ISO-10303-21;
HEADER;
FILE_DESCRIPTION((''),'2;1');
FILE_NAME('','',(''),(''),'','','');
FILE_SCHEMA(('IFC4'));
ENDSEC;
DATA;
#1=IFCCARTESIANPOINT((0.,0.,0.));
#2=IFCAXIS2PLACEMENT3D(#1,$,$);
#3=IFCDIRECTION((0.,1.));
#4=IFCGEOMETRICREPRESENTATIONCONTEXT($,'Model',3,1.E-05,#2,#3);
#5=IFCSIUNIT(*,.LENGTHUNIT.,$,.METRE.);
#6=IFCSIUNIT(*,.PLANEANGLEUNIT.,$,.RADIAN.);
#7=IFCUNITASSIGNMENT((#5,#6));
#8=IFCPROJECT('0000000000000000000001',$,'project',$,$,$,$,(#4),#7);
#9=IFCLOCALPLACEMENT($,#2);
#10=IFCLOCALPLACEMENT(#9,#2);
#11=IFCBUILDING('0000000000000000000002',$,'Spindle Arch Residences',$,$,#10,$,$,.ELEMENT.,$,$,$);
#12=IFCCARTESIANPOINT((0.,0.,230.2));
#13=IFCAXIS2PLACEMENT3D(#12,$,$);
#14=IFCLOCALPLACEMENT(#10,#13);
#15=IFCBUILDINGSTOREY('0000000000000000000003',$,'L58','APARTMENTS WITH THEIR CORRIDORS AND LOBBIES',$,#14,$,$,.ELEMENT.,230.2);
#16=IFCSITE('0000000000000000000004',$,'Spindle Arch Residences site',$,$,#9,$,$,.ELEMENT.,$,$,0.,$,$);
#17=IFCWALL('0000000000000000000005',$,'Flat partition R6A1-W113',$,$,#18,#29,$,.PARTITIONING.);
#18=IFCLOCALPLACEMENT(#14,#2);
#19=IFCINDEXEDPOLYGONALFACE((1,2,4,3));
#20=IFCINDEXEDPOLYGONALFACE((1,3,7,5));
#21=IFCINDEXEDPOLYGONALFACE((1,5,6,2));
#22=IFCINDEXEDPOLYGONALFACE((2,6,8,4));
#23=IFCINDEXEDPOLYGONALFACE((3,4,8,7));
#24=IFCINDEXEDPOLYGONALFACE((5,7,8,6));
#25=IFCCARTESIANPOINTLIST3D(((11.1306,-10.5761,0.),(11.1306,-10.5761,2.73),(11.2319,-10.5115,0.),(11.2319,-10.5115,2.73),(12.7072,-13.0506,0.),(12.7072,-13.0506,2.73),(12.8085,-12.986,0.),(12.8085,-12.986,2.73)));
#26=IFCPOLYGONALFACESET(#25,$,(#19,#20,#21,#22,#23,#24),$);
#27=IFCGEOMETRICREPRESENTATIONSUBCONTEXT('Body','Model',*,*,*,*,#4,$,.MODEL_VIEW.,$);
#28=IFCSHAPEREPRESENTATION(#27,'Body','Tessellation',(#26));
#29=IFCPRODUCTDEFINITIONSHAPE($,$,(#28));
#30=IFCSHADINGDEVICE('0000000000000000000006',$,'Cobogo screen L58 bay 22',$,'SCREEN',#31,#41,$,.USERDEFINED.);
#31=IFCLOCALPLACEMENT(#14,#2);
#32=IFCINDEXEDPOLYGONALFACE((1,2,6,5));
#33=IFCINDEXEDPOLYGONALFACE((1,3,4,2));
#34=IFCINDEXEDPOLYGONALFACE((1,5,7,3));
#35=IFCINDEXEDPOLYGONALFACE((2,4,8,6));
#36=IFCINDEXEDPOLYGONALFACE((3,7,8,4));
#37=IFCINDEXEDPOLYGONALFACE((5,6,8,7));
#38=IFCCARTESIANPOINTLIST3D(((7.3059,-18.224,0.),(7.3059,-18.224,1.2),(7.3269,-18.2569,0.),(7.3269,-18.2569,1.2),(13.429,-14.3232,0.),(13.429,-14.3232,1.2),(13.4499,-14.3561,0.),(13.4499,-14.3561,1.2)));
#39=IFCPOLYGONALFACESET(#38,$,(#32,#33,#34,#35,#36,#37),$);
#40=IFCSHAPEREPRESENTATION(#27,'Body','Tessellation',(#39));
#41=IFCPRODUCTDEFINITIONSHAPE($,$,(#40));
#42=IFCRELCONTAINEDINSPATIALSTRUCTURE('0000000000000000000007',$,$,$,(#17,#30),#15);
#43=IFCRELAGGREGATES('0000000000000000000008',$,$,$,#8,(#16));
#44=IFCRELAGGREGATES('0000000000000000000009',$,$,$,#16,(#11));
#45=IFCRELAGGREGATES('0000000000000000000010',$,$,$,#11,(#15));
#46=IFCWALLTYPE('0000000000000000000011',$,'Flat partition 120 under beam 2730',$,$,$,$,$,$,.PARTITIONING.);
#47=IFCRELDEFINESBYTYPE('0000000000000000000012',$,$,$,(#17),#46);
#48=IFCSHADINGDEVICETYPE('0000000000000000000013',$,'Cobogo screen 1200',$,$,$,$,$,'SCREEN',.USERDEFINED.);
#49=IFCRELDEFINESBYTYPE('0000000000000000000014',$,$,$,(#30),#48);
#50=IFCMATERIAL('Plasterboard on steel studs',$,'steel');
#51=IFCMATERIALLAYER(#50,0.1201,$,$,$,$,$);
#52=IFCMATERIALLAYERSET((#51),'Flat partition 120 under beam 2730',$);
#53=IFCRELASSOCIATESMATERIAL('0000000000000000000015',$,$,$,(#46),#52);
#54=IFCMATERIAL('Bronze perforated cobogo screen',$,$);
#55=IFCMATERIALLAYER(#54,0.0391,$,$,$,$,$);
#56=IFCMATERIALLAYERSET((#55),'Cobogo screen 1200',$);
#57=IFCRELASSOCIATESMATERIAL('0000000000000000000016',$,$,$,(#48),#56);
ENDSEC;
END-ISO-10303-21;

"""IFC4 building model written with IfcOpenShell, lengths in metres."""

from ifc_helpers import new_model, si_unit, direction, frame, frame_2d, origin, origin_2d, place, context, subcontext, project, spatial, rectangle, extrude, material, layer, layer_set, type_object, element, save


model = new_model("IFC4")

# Units and contexts
model_context = context("Model", 3, precision=1e-05, world=origin(), true_north=direction((0.0, 1.0)))
body_context = subcontext(model_context, "Body", "Model", "MODEL_VIEW")
ifc_project = project(units=[si_unit("LENGTHUNIT", "METRE"), si_unit("PLANEANGLEUNIT", "RADIAN")], contexts=[model_context])

# Site, building, storey
site_placement = place(None, origin())
site = spatial("IfcSite", under=ifc_project, at=site_placement, Name="Spindle Arch Residences site", CompositionType="ELEMENT", RefElevation=0.0)
building_placement = place(site_placement, origin())
building = spatial("IfcBuilding", under=site, at=building_placement, Name="Spindle Arch Residences", CompositionType="ELEMENT")
storey_placement = place(building_placement, frame((0.0, 0.0, 230.2)))
storey = spatial("IfcBuildingStorey", under=building, at=storey_placement, Name="L58", Description="APARTMENTS WITH THEIR CORRIDORS AND LOBBIES", CompositionType="ELEMENT", Elevation=230.2)

# Wall
ifc_material_1 = material(Name="Plasterboard on steel studs", Category="steel")
ifc_layer_1 = layer(ifc_material_1, 0.1201)
ifc_layer_set_1 = layer_set([ifc_layer_1], Name="Flat partition 120 under beam 2730")
wall_type_1 = type_object("IfcWallType", Name="Flat partition 120 under beam 2730", PredefinedType="PARTITIONING", material=ifc_layer_set_1)
wall_1_placement = place(storey_placement, frame((12.7578, -13.0183, 0.0), z_axis=(0.0, 0.0, 1.0), x_axis=(-0.537338, 0.843367, 0.0)))
element("IfcWall", 1, at=wall_1_placement, inside=storey, type_object=wall_type_1, Name="Flat partition R6A1-W113", PredefinedType="PARTITIONING", context=body_context, shape_type="SweptSolid", body=[
    extrude(rectangle(XDim=2.9341, YDim=0.1201, at=frame_2d((1.467, 0.0))), origin(), (0.0, 0.0, 1.0), 2.73),
])

# Shading device
ifc_material_2 = material(Name="Bronze perforated cobogo screen")
ifc_layer_2 = layer(ifc_material_2, 0.0391)
ifc_layer_set_2 = layer_set([ifc_layer_2], Name="Cobogo screen 1200")
shading_device_type = type_object("IfcShadingDeviceType", Name="Cobogo screen 1200", ElementType="SCREEN", PredefinedType="USERDEFINED", material=ifc_layer_set_2)
shading_device_placement = place(storey_placement, frame((10.3779, -16.29, 0.0), z_axis=(0.0, 0.0, 1.0), x_axis=(0.843391, 0.5373, 0.0)))
element("IfcShadingDevice", 2, at=shading_device_placement, inside=storey, type_object=shading_device_type, Name="Cobogo screen L58 bay 22", ObjectType="SCREEN", PredefinedType="USERDEFINED", context=body_context, shape_type="SweptSolid", body=[
    extrude(rectangle(XDim=7.26, YDim=0.0391, at=origin_2d()), origin(), (0.0, 0.0, 1.0), 1.2),
])

save(model, "model.ifc")
